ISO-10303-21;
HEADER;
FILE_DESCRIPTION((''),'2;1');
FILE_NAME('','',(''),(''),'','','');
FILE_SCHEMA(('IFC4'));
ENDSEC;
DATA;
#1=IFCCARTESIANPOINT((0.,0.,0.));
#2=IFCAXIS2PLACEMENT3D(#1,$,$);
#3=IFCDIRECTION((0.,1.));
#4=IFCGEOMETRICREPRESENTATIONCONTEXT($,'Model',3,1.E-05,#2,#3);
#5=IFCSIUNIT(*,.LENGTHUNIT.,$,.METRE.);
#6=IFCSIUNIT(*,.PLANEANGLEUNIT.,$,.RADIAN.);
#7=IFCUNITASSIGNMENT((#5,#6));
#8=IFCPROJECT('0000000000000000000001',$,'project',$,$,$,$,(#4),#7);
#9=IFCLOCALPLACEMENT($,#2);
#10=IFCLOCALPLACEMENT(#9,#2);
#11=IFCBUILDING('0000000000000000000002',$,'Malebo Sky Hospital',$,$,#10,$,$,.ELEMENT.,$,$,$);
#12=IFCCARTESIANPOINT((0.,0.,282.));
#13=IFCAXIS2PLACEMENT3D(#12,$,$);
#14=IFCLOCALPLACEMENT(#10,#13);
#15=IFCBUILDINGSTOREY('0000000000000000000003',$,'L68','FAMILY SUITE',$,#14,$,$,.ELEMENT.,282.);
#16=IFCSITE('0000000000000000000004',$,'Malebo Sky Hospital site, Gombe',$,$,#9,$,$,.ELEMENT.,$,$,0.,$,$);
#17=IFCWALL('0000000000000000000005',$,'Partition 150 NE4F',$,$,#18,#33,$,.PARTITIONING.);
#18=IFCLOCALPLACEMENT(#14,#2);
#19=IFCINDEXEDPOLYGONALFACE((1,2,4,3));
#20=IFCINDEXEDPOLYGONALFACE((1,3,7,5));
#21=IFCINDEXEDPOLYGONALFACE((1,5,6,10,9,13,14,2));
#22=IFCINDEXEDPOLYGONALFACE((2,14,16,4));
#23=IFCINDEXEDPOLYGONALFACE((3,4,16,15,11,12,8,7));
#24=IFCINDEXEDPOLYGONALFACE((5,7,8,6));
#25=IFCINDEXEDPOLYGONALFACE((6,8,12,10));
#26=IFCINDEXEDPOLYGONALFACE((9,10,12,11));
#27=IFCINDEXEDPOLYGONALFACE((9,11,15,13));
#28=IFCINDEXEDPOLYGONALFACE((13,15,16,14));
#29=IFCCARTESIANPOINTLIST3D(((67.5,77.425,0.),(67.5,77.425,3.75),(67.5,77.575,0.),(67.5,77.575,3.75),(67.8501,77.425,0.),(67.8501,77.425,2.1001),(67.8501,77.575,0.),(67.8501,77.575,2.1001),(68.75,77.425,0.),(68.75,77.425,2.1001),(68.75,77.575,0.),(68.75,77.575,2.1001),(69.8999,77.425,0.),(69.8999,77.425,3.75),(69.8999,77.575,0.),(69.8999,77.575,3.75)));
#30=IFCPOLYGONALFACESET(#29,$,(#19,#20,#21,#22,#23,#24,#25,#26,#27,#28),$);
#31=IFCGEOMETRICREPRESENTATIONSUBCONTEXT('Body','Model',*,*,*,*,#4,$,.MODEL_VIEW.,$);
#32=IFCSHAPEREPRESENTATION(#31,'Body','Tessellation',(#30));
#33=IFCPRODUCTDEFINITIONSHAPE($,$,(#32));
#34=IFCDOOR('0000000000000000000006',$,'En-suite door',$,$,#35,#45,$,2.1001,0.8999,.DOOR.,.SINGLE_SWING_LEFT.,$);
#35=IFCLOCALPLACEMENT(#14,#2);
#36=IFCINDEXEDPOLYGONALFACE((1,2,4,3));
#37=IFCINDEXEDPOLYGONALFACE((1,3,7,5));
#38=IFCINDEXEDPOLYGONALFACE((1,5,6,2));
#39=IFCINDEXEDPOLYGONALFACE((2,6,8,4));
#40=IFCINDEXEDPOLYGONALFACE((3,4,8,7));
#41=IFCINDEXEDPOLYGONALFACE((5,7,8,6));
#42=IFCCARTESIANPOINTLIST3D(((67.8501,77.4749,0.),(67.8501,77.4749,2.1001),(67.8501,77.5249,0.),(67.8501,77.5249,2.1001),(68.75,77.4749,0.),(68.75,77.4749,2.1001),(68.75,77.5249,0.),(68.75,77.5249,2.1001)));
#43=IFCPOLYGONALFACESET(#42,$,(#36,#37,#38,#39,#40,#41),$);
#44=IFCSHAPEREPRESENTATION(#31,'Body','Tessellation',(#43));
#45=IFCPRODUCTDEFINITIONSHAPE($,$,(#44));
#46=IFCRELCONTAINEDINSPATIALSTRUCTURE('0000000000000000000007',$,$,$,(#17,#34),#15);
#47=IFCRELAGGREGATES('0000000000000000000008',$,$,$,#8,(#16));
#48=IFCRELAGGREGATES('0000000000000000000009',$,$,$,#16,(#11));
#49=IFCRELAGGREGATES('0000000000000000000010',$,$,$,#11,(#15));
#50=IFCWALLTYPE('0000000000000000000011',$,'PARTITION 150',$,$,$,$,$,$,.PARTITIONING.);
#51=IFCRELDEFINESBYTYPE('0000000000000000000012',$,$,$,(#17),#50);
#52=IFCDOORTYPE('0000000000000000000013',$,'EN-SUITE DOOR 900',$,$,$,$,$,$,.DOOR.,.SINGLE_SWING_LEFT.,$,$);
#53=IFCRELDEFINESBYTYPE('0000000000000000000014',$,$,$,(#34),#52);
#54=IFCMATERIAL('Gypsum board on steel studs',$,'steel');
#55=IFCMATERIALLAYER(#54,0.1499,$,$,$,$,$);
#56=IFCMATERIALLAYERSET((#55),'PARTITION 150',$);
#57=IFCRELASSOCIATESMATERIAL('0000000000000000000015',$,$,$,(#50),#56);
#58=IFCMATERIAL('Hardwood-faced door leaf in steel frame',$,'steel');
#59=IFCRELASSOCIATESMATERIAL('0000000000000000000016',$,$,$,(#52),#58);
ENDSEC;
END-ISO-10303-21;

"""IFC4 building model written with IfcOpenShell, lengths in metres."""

from ifc_helpers import new_model, si_unit, direction, frame, frame_2d, origin, place, context, subcontext, project, spatial, rectangle, extrude, material, layer, layer_set, type_object, element, fill, save


model = new_model("IFC4")

# Units and contexts
model_context = context("Model", 3, precision=1e-05, world=origin(), true_north=direction((0.0, 1.0)))
body_context = subcontext(model_context, "Body", "Model", "MODEL_VIEW")
ifc_project = project(units=[si_unit("LENGTHUNIT", "METRE"), si_unit("PLANEANGLEUNIT", "RADIAN")], contexts=[model_context])

# Site, building, storey
site_placement = place(None, origin())
site = spatial("IfcSite", under=ifc_project, at=site_placement, Name="Malebo Sky Hospital site, Gombe", CompositionType="ELEMENT", RefElevation=0.0)
building_placement = place(site_placement, origin())
building = spatial("IfcBuilding", under=site, at=building_placement, Name="Malebo Sky Hospital", CompositionType="ELEMENT")
storey_placement = place(building_placement, frame((0.0, 0.0, 282.0)))
storey = spatial("IfcBuildingStorey", under=building, at=storey_placement, Name="L68", Description="FAMILY SUITE", CompositionType="ELEMENT", Elevation=282.0)

# Shared definitions
ifc_material_1 = material(Name="Gypsum board on steel studs", Category="steel")
ifc_layer_1 = layer(ifc_material_1, 0.1499)
ifc_layer_set_1 = layer_set([ifc_layer_1], Name="PARTITION 150")
wall_type = type_object("IfcWallType", Name="PARTITION 150", PredefinedType="PARTITIONING", material=ifc_layer_set_1)

# Wall, opening, door
wall_1_placement = place(storey_placement, frame((67.5, 77.5, 0.0), z_axis=(0.0, 0.0, 1.0), x_axis=(1.0, 0.0, 0.0)))
wall_1 = element("IfcWall", 1, at=wall_1_placement, inside=storey, type_object=wall_type, Name="Partition 150 NE4F", PredefinedType="PARTITIONING", context=body_context, shape_type="SweptSolid", body=[
    extrude(rectangle(XDim=2.3999, YDim=0.1499, at=frame_2d((1.2, 0.0))), origin(), (0.0, 0.0, 1.0), 3.75),
])
opening_placement = place(wall_1_placement, frame((0.3501, 0.0, 0.0)))
opening = element("IfcOpeningElement", 2, at=opening_placement, cuts=wall_1, PredefinedType="OPENING", context=body_context, shape_type="SweptSolid", body=[
    extrude(rectangle(XDim=0.8999, YDim=2.1001, at=frame_2d((0.45, 1.05))), frame((0.0, 0.085, 0.0), z_axis=(0.0, -1.0, 0.0), x_axis=(1.0, 0.0, 0.0)), (0.0, 0.0, 1.0), 0.1699),
])
ifc_material_2 = material(Name="Hardwood-faced door leaf in steel frame", Category="steel")
door_type = type_object("IfcDoorType", Name="EN-SUITE DOOR 900", OperationType="SINGLE_SWING_LEFT", PredefinedType="DOOR", material=ifc_material_2)
door_placement = place(opening_placement, origin())
door = element("IfcDoor", 3, at=door_placement, inside=storey, type_object=door_type, Name="En-suite door", OperationType="SINGLE_SWING_LEFT", OverallHeight=2.1001, OverallWidth=0.8999, PredefinedType="DOOR", context=body_context, shape_type="SweptSolid", body=[
    extrude(rectangle(XDim=0.8999, YDim=2.1001, at=frame_2d((0.45, 1.05))), frame((0.0, 0.0249, 0.0), z_axis=(0.0, -1.0, 0.0), x_axis=(1.0, 0.0, 0.0)), (0.0, 0.0, 1.0), 0.05),
])
fill(opening, door)

save(model, "model.ifc")
